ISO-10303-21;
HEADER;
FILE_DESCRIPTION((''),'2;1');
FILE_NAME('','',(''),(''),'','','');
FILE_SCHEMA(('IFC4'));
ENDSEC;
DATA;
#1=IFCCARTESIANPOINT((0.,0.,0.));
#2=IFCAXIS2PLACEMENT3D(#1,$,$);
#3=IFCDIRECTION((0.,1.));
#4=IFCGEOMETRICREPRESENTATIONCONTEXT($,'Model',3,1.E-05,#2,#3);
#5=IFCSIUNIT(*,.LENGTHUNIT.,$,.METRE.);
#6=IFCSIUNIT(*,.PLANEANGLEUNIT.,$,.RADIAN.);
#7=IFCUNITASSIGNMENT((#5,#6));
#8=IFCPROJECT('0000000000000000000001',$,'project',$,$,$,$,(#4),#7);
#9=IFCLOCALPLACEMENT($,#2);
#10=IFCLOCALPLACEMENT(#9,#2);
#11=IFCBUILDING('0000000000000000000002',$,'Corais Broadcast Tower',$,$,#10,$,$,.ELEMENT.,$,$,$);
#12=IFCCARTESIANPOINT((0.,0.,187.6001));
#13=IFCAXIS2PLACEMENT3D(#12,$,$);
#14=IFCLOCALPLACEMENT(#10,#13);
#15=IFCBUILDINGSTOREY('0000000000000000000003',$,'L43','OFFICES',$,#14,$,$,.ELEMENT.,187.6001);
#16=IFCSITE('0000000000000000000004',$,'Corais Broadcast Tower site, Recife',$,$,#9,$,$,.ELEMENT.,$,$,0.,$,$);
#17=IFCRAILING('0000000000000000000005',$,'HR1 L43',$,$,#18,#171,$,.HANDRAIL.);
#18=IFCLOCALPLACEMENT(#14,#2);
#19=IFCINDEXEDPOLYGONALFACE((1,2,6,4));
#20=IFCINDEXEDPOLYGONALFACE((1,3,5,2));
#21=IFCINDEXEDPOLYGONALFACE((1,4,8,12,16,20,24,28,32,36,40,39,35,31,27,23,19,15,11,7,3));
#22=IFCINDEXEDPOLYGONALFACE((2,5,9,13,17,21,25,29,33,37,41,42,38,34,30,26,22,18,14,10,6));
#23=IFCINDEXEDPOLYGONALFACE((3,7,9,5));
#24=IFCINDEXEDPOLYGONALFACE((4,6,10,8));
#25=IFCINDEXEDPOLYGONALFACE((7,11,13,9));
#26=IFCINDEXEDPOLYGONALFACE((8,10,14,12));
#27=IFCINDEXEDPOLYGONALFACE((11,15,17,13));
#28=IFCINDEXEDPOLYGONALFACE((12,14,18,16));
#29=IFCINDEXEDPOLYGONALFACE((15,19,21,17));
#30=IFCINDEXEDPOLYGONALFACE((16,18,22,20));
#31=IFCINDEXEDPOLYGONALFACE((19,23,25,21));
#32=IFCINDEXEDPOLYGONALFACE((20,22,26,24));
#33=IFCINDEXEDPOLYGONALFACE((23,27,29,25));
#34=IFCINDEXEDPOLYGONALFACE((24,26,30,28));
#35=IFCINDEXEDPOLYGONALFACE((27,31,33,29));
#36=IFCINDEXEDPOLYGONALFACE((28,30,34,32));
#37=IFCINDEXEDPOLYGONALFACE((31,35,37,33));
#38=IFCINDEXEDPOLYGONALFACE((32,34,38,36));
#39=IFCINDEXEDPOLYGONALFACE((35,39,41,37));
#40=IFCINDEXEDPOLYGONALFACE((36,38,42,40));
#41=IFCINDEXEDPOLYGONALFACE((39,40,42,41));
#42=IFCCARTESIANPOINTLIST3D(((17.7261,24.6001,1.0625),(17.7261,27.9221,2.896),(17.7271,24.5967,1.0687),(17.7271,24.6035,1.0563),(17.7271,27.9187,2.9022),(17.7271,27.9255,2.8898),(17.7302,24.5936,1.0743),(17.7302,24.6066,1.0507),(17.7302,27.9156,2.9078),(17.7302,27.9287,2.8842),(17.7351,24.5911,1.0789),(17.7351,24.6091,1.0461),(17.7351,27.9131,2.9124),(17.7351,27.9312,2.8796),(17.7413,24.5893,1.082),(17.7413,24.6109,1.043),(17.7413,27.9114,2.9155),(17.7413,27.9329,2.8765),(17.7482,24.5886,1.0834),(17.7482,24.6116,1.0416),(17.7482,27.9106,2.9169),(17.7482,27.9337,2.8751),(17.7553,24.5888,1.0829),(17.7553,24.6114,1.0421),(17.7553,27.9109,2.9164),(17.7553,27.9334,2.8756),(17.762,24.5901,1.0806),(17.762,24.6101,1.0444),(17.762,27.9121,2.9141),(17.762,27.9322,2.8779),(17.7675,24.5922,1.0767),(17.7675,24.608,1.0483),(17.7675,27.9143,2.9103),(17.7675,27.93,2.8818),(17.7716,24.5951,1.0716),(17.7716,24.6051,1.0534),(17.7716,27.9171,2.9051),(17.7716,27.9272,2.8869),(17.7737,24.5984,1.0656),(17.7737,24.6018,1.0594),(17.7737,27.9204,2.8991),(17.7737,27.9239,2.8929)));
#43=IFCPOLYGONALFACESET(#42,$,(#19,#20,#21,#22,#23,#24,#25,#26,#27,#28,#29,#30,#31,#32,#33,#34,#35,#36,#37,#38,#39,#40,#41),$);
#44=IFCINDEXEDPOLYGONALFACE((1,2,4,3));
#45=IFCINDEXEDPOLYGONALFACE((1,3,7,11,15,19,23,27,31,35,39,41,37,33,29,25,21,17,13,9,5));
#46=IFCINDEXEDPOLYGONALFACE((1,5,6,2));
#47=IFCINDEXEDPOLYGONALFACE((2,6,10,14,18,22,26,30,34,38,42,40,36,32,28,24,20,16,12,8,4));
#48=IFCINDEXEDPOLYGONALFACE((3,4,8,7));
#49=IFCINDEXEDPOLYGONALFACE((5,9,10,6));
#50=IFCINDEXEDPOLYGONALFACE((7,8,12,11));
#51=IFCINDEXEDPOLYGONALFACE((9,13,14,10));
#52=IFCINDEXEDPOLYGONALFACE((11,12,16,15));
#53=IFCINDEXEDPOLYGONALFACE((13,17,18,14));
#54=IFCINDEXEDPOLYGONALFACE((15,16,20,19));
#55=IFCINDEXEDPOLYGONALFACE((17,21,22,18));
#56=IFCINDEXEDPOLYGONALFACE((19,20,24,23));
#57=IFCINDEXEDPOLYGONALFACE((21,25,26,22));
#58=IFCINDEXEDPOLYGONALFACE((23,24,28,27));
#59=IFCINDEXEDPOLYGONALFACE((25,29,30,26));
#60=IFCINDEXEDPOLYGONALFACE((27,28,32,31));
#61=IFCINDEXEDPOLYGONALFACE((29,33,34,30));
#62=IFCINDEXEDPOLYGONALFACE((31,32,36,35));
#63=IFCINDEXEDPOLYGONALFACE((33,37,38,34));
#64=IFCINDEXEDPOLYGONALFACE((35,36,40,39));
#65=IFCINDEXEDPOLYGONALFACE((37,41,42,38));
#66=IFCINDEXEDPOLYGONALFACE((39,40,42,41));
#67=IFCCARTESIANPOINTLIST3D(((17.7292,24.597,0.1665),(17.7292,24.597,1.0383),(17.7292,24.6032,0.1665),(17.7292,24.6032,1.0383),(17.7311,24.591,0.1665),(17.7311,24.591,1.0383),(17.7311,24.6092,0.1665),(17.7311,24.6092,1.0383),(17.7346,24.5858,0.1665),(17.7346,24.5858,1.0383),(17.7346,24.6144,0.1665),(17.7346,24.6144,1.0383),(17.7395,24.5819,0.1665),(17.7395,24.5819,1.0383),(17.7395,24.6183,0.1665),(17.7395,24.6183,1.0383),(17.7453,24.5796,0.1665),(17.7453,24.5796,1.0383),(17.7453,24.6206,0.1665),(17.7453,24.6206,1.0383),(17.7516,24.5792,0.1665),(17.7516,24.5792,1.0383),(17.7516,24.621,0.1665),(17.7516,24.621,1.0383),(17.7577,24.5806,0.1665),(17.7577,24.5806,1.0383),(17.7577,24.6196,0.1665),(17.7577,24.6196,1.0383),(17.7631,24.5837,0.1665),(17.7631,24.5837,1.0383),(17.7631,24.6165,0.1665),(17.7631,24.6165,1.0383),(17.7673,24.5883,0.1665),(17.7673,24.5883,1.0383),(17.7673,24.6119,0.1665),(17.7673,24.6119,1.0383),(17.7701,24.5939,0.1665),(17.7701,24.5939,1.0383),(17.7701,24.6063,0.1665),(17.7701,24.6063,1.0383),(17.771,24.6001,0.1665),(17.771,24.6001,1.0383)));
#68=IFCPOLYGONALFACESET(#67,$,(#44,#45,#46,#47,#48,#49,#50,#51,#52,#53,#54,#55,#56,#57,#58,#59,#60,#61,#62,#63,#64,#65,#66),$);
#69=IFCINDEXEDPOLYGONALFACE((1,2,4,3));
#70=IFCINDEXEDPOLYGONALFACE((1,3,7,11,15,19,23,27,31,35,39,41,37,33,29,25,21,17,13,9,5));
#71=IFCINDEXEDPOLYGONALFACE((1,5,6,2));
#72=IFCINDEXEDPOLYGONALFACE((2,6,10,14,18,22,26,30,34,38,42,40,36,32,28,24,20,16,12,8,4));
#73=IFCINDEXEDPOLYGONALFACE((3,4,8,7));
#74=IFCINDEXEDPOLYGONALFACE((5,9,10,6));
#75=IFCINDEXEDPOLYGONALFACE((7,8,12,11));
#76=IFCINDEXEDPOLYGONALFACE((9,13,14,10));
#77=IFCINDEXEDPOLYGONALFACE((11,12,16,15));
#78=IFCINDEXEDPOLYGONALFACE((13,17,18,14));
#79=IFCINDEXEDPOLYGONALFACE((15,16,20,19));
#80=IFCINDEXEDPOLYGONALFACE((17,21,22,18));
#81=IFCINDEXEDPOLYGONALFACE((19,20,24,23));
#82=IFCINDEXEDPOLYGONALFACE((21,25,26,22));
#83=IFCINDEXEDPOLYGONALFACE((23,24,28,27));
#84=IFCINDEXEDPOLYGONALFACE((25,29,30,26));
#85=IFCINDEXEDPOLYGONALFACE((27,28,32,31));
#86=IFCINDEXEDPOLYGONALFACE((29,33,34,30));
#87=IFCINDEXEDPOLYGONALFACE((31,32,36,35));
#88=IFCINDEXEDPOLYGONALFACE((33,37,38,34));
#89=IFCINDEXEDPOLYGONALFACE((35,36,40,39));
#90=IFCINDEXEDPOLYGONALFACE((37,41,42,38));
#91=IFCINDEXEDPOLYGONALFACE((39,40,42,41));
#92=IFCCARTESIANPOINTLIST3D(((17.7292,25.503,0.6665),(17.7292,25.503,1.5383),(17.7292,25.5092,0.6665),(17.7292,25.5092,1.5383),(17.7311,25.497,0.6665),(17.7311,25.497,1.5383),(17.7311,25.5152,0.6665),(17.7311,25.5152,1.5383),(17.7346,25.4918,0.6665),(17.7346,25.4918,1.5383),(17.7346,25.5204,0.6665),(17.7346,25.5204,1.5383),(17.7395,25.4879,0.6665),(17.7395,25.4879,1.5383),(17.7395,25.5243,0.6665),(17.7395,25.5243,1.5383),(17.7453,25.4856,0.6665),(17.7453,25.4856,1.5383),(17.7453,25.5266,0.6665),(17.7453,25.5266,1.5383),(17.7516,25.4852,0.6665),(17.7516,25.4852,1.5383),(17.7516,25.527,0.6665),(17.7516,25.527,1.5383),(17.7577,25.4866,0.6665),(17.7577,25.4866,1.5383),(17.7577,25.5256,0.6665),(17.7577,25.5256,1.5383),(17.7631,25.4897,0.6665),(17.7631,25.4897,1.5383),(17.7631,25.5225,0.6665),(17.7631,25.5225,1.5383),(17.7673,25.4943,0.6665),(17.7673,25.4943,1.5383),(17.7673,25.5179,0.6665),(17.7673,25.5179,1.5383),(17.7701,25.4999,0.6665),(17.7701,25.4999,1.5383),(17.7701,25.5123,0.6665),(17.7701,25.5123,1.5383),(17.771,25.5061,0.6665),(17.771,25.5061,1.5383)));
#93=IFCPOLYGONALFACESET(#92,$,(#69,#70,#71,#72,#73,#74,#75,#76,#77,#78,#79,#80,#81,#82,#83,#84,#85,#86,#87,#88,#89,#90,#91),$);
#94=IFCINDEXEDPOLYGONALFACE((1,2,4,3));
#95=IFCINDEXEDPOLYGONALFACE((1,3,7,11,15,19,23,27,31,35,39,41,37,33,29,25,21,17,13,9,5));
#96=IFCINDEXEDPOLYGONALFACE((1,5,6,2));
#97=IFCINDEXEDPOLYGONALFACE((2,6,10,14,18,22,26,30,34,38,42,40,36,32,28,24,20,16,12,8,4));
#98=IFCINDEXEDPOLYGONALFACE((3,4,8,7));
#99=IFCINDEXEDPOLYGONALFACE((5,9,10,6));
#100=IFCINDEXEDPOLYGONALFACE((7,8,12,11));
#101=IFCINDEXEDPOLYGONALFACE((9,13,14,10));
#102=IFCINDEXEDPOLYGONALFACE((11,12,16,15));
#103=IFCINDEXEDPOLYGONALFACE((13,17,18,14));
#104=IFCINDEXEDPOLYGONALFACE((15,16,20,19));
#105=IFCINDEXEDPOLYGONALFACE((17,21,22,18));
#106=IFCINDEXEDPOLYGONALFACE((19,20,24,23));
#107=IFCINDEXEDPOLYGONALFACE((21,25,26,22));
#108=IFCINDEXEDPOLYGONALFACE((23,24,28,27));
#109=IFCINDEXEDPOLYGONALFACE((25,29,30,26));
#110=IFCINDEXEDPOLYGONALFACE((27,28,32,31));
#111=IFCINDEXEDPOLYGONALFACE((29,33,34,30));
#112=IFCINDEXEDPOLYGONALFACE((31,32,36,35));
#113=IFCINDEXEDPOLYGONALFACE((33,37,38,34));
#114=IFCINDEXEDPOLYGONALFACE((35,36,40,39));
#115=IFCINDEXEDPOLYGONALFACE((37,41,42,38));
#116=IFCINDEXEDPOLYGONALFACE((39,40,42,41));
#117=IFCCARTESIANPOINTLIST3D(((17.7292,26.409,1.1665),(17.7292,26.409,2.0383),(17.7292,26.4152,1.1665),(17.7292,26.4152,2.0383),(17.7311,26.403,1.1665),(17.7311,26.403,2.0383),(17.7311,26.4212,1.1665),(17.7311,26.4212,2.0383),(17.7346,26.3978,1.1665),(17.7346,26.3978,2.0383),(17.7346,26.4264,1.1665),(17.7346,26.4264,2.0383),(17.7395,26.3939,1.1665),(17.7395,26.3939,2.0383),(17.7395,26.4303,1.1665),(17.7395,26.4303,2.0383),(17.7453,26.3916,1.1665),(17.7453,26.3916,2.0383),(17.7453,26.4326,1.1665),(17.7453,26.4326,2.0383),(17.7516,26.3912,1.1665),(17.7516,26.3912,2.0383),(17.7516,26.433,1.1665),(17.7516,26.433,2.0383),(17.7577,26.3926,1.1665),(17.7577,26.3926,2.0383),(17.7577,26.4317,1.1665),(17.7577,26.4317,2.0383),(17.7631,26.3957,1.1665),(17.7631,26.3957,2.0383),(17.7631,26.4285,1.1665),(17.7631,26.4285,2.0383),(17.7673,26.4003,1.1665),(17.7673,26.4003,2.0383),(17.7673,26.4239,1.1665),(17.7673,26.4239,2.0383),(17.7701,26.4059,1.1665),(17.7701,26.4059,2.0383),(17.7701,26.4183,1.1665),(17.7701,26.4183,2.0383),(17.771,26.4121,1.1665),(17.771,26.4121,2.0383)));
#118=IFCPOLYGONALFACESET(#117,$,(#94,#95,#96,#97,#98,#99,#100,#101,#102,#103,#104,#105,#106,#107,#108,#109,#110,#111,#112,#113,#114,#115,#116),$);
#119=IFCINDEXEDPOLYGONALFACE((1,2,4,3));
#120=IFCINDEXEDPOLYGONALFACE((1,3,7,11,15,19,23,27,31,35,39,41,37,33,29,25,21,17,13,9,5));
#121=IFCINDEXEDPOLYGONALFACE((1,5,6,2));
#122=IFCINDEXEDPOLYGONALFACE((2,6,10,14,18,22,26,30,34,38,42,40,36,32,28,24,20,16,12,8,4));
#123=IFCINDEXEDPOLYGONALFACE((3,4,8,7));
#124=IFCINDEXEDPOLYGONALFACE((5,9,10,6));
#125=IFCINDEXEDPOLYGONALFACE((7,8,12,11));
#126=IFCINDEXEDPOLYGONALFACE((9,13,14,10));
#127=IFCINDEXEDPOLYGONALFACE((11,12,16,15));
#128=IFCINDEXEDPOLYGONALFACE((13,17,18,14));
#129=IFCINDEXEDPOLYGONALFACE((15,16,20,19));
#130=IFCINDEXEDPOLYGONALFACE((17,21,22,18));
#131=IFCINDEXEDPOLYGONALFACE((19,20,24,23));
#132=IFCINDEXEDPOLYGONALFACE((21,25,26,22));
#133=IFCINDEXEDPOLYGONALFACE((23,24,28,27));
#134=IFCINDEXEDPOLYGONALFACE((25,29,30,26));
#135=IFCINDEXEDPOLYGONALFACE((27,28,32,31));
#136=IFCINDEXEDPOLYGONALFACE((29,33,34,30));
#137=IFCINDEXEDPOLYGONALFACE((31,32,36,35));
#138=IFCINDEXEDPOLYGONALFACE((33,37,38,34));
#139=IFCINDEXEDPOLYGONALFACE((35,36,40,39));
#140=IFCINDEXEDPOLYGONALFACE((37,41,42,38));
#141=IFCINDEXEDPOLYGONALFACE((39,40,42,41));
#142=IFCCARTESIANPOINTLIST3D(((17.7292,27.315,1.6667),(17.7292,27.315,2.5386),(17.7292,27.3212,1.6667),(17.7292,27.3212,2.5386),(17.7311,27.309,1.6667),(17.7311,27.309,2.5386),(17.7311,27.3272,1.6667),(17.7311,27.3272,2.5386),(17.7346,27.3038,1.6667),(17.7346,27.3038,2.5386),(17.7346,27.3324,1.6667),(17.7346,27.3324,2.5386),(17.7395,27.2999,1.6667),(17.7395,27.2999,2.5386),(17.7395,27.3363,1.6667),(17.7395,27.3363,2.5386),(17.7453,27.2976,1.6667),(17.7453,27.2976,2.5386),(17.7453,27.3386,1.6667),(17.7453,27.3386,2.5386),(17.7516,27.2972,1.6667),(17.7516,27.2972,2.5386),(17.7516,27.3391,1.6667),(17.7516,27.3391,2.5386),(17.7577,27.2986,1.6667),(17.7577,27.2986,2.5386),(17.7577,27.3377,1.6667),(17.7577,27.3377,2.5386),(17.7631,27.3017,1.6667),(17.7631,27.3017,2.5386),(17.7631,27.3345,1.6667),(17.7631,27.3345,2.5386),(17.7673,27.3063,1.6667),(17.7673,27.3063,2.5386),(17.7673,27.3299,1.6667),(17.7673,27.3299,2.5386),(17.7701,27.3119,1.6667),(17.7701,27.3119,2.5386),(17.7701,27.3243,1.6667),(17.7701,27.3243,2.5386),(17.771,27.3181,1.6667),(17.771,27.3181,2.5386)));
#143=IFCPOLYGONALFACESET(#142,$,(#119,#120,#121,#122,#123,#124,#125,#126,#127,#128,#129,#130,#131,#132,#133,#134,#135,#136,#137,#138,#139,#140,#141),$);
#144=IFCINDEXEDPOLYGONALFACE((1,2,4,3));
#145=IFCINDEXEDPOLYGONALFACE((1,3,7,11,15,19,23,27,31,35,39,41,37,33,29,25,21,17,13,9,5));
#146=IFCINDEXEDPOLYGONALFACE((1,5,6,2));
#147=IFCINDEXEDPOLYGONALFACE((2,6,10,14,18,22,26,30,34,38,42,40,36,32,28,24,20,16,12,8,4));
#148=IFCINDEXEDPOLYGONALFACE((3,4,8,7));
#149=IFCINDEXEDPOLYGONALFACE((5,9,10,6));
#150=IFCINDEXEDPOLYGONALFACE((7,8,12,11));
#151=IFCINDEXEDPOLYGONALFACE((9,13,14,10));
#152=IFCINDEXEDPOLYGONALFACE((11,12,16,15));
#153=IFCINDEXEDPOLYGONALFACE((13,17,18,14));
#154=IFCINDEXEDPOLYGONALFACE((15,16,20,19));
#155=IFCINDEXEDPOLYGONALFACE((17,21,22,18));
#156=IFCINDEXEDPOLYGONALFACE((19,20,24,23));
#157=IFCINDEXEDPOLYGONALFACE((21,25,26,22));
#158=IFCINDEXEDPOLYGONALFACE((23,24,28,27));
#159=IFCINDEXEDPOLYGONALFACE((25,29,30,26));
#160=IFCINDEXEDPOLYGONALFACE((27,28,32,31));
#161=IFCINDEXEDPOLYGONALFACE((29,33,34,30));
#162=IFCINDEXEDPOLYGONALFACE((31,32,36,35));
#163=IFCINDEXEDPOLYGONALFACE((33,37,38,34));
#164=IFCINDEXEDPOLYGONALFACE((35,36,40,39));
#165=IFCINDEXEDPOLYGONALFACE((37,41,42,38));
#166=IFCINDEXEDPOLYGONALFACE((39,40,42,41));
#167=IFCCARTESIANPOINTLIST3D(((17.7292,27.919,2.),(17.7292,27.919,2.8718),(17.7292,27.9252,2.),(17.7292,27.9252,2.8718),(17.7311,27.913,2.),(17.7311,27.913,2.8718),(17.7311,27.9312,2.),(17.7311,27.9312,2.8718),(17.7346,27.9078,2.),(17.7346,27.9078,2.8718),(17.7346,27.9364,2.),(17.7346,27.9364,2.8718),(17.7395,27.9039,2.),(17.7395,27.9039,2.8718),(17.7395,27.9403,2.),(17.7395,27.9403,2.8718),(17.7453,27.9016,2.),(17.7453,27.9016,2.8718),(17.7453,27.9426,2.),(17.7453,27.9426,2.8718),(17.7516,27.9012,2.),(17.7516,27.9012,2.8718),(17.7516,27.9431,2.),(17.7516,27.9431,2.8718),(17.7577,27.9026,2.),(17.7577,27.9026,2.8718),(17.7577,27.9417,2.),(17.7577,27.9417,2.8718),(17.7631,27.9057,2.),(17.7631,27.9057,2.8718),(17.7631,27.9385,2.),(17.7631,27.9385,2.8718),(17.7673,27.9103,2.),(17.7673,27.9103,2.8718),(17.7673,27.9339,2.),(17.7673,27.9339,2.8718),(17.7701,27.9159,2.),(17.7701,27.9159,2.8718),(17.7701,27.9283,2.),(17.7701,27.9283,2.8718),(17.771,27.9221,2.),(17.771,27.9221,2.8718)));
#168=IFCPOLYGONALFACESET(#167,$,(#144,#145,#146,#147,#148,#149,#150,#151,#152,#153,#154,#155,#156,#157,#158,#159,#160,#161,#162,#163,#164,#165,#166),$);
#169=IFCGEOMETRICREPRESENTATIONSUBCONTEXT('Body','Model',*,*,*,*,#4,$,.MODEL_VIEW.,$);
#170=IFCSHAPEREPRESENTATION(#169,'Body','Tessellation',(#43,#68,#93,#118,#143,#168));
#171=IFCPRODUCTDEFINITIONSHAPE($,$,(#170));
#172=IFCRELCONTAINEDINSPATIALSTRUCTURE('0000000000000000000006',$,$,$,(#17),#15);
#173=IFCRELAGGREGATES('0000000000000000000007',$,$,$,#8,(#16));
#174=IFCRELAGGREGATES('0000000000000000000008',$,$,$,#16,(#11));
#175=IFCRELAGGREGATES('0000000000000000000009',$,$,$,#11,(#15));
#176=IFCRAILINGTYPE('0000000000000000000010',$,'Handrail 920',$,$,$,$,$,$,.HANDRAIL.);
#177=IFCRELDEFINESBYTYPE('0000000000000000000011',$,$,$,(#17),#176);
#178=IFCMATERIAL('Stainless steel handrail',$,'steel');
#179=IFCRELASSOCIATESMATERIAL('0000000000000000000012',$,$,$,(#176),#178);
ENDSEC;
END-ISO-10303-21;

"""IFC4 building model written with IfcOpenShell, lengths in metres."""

from ifc_helpers import new_model, si_unit, direction, frame, origin, origin_2d, place, context, subcontext, project, spatial, circle, extrude, material, type_object, element, save


model = new_model("IFC4")

# Units and contexts
model_context = context("Model", 3, precision=1e-05, world=origin(), true_north=direction((0.0, 1.0)))
body_context = subcontext(model_context, "Body", "Model", "MODEL_VIEW")
ifc_project = project(units=[si_unit("LENGTHUNIT", "METRE"), si_unit("PLANEANGLEUNIT", "RADIAN")], contexts=[model_context])

# Site, building, storey
site_placement = place(None, origin())
site = spatial("IfcSite", under=ifc_project, at=site_placement, Name="Corais Broadcast Tower site, Recife", CompositionType="ELEMENT", RefElevation=0.0)
building_placement = place(site_placement, origin())
building = spatial("IfcBuilding", under=site, at=building_placement, Name="Corais Broadcast Tower", CompositionType="ELEMENT")
storey_placement = place(building_placement, frame((0.0, 0.0, 187.6001)))
storey = spatial("IfcBuildingStorey", under=building, at=storey_placement, Name="L43", Description="OFFICES", CompositionType="ELEMENT", Elevation=187.6001)

# Railing
ifc_material_1 = material(Name="Stainless steel handrail", Category="steel")
railing_type = type_object("IfcRailingType", Name="Handrail 920", PredefinedType="HANDRAIL", material=ifc_material_1)
for number, where, name in (
    (1, (17.75, 24.6001, 0.1665), "HR1 L43"),
):
    element("IfcRailing", number, at=place(storey_placement, frame(where)), inside=storey, type_object=railing_type, Name=name, PredefinedType="HANDRAIL", context=body_context, shape_type="SweptSolid", body=[
        extrude(circle(Radius=0.0239, at=origin_2d()), frame((0.0, 0.0, 0.896), z_axis=(0.0, 0.875504, 0.48321), x_axis=(-1.0, 0.0, 0.0)), (0.0, 0.0, 1.0), 3.7944),
        extrude(circle(Radius=0.021, at=origin_2d()), origin(), (0.0, 0.0, 1.0), 0.8718),
        extrude(circle(Radius=0.021, at=origin_2d()), frame((0.0, 0.906, 0.5)), (0.0, 0.0, 1.0), 0.8718),
        extrude(circle(Radius=0.021, at=origin_2d()), frame((0.0, 1.812, 1.0)), (0.0, 0.0, 1.0), 0.8718),
        extrude(circle(Radius=0.021, at=origin_2d()), frame((0.0, 2.718, 1.5002)), (0.0, 0.0, 1.0), 0.8718),
        extrude(circle(Radius=0.021, at=origin_2d()), frame((0.0, 3.322, 1.8335)), (0.0, 0.0, 1.0), 0.8718),
    ])

save(model, "model.ifc")
